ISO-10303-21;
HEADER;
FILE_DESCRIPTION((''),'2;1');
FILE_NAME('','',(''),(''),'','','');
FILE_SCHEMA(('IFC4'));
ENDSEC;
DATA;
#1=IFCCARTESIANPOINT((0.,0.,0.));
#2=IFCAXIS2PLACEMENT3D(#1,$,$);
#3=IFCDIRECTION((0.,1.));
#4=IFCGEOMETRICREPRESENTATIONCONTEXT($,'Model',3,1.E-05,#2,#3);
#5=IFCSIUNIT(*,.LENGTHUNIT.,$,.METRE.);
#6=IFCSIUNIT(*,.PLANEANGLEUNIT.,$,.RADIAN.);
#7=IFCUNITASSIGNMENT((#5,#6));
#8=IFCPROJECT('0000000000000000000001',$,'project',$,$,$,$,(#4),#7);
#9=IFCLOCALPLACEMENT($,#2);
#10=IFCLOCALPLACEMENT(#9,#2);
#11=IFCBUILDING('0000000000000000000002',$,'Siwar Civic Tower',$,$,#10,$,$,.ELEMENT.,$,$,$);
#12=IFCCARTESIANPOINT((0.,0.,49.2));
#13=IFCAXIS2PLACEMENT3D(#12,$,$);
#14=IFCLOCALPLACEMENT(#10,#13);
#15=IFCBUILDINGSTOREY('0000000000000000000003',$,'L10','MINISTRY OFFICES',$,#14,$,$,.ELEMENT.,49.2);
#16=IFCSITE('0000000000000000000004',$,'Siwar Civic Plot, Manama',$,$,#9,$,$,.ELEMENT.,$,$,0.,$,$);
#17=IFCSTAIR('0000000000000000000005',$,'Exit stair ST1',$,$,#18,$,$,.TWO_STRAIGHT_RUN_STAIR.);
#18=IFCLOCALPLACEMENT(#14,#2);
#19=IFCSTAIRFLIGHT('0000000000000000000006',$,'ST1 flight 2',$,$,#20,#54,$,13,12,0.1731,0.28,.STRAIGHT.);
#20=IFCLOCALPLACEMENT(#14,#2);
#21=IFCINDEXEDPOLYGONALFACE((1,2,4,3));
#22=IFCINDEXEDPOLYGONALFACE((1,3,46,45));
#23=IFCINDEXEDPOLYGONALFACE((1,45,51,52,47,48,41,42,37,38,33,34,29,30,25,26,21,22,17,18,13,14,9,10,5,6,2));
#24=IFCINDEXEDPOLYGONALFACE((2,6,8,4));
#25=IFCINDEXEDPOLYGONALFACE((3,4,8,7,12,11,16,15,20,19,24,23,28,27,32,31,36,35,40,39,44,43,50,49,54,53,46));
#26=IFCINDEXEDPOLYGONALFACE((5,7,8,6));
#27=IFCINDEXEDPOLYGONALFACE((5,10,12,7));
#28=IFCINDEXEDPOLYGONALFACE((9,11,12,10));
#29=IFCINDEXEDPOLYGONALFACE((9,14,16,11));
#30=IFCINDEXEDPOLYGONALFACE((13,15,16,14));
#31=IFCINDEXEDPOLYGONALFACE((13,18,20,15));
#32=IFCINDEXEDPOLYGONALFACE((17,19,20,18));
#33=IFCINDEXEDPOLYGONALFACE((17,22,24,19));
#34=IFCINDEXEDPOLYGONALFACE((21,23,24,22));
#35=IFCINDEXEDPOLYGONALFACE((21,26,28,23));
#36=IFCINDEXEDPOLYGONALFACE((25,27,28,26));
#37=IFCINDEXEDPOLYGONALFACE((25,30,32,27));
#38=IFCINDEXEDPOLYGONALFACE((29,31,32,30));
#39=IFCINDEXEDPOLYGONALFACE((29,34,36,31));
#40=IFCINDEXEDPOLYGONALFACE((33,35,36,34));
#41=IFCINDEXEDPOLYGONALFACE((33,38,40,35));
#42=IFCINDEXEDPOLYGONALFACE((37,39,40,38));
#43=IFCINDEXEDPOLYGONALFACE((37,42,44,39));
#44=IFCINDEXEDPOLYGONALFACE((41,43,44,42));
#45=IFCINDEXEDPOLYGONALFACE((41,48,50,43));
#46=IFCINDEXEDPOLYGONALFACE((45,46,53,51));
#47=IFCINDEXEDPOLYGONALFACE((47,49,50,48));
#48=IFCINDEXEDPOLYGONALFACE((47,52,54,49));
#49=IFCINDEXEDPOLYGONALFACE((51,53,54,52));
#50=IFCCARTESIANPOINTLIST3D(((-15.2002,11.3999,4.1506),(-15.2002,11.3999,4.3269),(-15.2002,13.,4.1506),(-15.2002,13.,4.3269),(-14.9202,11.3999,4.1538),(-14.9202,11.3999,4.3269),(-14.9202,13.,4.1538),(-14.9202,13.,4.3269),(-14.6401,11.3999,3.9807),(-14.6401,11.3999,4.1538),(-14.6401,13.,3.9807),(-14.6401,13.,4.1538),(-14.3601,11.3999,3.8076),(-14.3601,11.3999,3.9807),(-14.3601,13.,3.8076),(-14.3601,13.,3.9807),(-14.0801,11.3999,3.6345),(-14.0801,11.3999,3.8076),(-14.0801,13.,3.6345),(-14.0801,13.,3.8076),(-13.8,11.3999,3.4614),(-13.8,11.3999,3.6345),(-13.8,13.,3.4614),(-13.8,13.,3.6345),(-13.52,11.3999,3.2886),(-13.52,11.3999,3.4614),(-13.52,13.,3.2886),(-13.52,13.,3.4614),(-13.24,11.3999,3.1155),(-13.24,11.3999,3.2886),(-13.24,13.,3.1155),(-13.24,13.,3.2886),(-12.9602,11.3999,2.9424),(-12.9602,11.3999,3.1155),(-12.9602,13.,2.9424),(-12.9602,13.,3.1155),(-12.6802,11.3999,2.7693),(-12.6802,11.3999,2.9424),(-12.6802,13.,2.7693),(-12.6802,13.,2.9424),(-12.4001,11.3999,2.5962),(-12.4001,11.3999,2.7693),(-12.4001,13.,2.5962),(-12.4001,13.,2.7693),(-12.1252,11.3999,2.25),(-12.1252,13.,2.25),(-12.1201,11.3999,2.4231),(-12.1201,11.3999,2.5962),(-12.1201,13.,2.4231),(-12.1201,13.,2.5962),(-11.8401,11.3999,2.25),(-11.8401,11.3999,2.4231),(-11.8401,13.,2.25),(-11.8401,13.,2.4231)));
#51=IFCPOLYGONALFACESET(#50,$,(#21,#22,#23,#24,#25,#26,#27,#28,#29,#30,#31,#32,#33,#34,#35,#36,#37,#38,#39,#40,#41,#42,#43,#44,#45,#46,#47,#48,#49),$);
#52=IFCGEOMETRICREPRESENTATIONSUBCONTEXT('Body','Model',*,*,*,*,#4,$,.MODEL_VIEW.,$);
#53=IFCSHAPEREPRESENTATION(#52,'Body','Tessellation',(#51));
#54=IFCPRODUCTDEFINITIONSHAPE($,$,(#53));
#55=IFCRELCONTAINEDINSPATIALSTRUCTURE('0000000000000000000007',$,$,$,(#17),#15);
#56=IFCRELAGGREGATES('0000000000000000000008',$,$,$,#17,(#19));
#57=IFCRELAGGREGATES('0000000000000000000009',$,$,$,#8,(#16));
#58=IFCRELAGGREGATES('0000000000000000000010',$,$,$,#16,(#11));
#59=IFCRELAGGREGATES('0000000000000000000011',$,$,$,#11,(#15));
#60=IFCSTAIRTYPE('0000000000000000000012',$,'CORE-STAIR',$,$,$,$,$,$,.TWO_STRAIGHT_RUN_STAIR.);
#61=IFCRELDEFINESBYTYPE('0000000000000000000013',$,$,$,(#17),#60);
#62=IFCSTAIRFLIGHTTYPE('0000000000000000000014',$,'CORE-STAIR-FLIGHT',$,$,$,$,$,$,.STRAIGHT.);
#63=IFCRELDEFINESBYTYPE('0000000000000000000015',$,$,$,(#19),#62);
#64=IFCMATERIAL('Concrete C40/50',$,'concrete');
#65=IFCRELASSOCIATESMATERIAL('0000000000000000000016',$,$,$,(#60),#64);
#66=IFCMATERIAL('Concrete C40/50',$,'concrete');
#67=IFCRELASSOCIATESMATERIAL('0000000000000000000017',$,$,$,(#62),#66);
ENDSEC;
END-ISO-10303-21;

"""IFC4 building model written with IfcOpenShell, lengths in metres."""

from ifc_helpers import new_model, si_unit, direction, frame, origin, place, context, subcontext, project, spatial, polyline, outline, extrude, material, type_object, element, aggregate, save


model = new_model("IFC4")

# Units and contexts
model_context = context("Model", 3, precision=1e-05, world=origin(), true_north=direction((0.0, 1.0)))
body_context = subcontext(model_context, "Body", "Model", "MODEL_VIEW")
ifc_project = project(units=[si_unit("LENGTHUNIT", "METRE"), si_unit("PLANEANGLEUNIT", "RADIAN")], contexts=[model_context])

# Site, building, storey
site_placement = place(None, origin())
site = spatial("IfcSite", under=ifc_project, at=site_placement, Name="Siwar Civic Plot, Manama", CompositionType="ELEMENT", RefElevation=0.0)
building_placement = place(site_placement, origin())
building = spatial("IfcBuilding", under=site, at=building_placement, Name="Siwar Civic Tower", CompositionType="ELEMENT")
storey_placement = place(building_placement, frame((0.0, 0.0, 49.2)))
storey = spatial("IfcBuildingStorey", under=building, at=storey_placement, Name="L10", Description="MINISTRY OFFICES", CompositionType="ELEMENT", Elevation=49.2)

# Stair, stair flight
ifc_material_1 = material(Name="Concrete C40/50", Category="concrete")
stair_type = type_object("IfcStairType", Name="CORE-STAIR", PredefinedType="TWO_STRAIGHT_RUN_STAIR", material=ifc_material_1)
stair_placement = place(storey_placement, origin())
stair = element("IfcStair", 1, at=stair_placement, inside=storey, type_object=stair_type, Name="Exit stair ST1", PredefinedType="TWO_STRAIGHT_RUN_STAIR")
ifc_material_2 = material(Name="Concrete C40/50", Category="concrete")
stair_flight_type = type_object("IfcStairFlightType", Name="CORE-STAIR-FLIGHT", PredefinedType="STRAIGHT", material=ifc_material_2)
stair_flight_1_placement = place(storey_placement, frame((-11.8401, 12.2, 2.25), z_axis=(0.0, 0.0, 1.0), x_axis=(-1.0, 0.0, 0.0)))
stair_flight_1 = element("IfcStairFlight", 2, at=stair_flight_1_placement, type_object=stair_flight_type, Name="ST1 flight 2", NumberOfRisers=13, NumberOfTreads=12, PredefinedType="STRAIGHT", RiserHeight=0.1731, TreadLength=0.28, context=body_context, shape_type="SweptSolid", body=[
    extrude(outline(polyline([(0.0, 0.0), (0.0, 0.1731), (0.28, 0.1731), (0.28, 0.3462), (0.5601, 0.3462), (0.5601, 0.5193), (0.8401, 0.5193), (0.8401, 0.6924), (1.1201, 0.6924), (1.1201, 0.8655), (1.3999, 0.8655), (1.3999, 1.0386), (1.6799, 1.0386), (1.6799, 1.2114), (1.96, 1.2114), (1.96, 1.3845), (2.24, 1.3845), (2.24, 1.5576), (2.52, 1.5576), (2.52, 1.7307), (2.8, 1.7307), (2.8, 1.9038), (3.0801, 1.9038), (3.0801, 2.0769), (3.3601, 2.0769), (3.3601, 2.25), (3.3601, 1.9006), (0.2852, 0.0), (0.0, 0.0)])), frame((0.0, 0.8, 0.0), z_axis=(0.0, -1.0, 0.0), x_axis=(1.0, 0.0, 0.0)), (0.0, 0.0, 1.0), 1.6001),
])
aggregate(stair, [stair_flight_1])

save(model, "model.ifc")
